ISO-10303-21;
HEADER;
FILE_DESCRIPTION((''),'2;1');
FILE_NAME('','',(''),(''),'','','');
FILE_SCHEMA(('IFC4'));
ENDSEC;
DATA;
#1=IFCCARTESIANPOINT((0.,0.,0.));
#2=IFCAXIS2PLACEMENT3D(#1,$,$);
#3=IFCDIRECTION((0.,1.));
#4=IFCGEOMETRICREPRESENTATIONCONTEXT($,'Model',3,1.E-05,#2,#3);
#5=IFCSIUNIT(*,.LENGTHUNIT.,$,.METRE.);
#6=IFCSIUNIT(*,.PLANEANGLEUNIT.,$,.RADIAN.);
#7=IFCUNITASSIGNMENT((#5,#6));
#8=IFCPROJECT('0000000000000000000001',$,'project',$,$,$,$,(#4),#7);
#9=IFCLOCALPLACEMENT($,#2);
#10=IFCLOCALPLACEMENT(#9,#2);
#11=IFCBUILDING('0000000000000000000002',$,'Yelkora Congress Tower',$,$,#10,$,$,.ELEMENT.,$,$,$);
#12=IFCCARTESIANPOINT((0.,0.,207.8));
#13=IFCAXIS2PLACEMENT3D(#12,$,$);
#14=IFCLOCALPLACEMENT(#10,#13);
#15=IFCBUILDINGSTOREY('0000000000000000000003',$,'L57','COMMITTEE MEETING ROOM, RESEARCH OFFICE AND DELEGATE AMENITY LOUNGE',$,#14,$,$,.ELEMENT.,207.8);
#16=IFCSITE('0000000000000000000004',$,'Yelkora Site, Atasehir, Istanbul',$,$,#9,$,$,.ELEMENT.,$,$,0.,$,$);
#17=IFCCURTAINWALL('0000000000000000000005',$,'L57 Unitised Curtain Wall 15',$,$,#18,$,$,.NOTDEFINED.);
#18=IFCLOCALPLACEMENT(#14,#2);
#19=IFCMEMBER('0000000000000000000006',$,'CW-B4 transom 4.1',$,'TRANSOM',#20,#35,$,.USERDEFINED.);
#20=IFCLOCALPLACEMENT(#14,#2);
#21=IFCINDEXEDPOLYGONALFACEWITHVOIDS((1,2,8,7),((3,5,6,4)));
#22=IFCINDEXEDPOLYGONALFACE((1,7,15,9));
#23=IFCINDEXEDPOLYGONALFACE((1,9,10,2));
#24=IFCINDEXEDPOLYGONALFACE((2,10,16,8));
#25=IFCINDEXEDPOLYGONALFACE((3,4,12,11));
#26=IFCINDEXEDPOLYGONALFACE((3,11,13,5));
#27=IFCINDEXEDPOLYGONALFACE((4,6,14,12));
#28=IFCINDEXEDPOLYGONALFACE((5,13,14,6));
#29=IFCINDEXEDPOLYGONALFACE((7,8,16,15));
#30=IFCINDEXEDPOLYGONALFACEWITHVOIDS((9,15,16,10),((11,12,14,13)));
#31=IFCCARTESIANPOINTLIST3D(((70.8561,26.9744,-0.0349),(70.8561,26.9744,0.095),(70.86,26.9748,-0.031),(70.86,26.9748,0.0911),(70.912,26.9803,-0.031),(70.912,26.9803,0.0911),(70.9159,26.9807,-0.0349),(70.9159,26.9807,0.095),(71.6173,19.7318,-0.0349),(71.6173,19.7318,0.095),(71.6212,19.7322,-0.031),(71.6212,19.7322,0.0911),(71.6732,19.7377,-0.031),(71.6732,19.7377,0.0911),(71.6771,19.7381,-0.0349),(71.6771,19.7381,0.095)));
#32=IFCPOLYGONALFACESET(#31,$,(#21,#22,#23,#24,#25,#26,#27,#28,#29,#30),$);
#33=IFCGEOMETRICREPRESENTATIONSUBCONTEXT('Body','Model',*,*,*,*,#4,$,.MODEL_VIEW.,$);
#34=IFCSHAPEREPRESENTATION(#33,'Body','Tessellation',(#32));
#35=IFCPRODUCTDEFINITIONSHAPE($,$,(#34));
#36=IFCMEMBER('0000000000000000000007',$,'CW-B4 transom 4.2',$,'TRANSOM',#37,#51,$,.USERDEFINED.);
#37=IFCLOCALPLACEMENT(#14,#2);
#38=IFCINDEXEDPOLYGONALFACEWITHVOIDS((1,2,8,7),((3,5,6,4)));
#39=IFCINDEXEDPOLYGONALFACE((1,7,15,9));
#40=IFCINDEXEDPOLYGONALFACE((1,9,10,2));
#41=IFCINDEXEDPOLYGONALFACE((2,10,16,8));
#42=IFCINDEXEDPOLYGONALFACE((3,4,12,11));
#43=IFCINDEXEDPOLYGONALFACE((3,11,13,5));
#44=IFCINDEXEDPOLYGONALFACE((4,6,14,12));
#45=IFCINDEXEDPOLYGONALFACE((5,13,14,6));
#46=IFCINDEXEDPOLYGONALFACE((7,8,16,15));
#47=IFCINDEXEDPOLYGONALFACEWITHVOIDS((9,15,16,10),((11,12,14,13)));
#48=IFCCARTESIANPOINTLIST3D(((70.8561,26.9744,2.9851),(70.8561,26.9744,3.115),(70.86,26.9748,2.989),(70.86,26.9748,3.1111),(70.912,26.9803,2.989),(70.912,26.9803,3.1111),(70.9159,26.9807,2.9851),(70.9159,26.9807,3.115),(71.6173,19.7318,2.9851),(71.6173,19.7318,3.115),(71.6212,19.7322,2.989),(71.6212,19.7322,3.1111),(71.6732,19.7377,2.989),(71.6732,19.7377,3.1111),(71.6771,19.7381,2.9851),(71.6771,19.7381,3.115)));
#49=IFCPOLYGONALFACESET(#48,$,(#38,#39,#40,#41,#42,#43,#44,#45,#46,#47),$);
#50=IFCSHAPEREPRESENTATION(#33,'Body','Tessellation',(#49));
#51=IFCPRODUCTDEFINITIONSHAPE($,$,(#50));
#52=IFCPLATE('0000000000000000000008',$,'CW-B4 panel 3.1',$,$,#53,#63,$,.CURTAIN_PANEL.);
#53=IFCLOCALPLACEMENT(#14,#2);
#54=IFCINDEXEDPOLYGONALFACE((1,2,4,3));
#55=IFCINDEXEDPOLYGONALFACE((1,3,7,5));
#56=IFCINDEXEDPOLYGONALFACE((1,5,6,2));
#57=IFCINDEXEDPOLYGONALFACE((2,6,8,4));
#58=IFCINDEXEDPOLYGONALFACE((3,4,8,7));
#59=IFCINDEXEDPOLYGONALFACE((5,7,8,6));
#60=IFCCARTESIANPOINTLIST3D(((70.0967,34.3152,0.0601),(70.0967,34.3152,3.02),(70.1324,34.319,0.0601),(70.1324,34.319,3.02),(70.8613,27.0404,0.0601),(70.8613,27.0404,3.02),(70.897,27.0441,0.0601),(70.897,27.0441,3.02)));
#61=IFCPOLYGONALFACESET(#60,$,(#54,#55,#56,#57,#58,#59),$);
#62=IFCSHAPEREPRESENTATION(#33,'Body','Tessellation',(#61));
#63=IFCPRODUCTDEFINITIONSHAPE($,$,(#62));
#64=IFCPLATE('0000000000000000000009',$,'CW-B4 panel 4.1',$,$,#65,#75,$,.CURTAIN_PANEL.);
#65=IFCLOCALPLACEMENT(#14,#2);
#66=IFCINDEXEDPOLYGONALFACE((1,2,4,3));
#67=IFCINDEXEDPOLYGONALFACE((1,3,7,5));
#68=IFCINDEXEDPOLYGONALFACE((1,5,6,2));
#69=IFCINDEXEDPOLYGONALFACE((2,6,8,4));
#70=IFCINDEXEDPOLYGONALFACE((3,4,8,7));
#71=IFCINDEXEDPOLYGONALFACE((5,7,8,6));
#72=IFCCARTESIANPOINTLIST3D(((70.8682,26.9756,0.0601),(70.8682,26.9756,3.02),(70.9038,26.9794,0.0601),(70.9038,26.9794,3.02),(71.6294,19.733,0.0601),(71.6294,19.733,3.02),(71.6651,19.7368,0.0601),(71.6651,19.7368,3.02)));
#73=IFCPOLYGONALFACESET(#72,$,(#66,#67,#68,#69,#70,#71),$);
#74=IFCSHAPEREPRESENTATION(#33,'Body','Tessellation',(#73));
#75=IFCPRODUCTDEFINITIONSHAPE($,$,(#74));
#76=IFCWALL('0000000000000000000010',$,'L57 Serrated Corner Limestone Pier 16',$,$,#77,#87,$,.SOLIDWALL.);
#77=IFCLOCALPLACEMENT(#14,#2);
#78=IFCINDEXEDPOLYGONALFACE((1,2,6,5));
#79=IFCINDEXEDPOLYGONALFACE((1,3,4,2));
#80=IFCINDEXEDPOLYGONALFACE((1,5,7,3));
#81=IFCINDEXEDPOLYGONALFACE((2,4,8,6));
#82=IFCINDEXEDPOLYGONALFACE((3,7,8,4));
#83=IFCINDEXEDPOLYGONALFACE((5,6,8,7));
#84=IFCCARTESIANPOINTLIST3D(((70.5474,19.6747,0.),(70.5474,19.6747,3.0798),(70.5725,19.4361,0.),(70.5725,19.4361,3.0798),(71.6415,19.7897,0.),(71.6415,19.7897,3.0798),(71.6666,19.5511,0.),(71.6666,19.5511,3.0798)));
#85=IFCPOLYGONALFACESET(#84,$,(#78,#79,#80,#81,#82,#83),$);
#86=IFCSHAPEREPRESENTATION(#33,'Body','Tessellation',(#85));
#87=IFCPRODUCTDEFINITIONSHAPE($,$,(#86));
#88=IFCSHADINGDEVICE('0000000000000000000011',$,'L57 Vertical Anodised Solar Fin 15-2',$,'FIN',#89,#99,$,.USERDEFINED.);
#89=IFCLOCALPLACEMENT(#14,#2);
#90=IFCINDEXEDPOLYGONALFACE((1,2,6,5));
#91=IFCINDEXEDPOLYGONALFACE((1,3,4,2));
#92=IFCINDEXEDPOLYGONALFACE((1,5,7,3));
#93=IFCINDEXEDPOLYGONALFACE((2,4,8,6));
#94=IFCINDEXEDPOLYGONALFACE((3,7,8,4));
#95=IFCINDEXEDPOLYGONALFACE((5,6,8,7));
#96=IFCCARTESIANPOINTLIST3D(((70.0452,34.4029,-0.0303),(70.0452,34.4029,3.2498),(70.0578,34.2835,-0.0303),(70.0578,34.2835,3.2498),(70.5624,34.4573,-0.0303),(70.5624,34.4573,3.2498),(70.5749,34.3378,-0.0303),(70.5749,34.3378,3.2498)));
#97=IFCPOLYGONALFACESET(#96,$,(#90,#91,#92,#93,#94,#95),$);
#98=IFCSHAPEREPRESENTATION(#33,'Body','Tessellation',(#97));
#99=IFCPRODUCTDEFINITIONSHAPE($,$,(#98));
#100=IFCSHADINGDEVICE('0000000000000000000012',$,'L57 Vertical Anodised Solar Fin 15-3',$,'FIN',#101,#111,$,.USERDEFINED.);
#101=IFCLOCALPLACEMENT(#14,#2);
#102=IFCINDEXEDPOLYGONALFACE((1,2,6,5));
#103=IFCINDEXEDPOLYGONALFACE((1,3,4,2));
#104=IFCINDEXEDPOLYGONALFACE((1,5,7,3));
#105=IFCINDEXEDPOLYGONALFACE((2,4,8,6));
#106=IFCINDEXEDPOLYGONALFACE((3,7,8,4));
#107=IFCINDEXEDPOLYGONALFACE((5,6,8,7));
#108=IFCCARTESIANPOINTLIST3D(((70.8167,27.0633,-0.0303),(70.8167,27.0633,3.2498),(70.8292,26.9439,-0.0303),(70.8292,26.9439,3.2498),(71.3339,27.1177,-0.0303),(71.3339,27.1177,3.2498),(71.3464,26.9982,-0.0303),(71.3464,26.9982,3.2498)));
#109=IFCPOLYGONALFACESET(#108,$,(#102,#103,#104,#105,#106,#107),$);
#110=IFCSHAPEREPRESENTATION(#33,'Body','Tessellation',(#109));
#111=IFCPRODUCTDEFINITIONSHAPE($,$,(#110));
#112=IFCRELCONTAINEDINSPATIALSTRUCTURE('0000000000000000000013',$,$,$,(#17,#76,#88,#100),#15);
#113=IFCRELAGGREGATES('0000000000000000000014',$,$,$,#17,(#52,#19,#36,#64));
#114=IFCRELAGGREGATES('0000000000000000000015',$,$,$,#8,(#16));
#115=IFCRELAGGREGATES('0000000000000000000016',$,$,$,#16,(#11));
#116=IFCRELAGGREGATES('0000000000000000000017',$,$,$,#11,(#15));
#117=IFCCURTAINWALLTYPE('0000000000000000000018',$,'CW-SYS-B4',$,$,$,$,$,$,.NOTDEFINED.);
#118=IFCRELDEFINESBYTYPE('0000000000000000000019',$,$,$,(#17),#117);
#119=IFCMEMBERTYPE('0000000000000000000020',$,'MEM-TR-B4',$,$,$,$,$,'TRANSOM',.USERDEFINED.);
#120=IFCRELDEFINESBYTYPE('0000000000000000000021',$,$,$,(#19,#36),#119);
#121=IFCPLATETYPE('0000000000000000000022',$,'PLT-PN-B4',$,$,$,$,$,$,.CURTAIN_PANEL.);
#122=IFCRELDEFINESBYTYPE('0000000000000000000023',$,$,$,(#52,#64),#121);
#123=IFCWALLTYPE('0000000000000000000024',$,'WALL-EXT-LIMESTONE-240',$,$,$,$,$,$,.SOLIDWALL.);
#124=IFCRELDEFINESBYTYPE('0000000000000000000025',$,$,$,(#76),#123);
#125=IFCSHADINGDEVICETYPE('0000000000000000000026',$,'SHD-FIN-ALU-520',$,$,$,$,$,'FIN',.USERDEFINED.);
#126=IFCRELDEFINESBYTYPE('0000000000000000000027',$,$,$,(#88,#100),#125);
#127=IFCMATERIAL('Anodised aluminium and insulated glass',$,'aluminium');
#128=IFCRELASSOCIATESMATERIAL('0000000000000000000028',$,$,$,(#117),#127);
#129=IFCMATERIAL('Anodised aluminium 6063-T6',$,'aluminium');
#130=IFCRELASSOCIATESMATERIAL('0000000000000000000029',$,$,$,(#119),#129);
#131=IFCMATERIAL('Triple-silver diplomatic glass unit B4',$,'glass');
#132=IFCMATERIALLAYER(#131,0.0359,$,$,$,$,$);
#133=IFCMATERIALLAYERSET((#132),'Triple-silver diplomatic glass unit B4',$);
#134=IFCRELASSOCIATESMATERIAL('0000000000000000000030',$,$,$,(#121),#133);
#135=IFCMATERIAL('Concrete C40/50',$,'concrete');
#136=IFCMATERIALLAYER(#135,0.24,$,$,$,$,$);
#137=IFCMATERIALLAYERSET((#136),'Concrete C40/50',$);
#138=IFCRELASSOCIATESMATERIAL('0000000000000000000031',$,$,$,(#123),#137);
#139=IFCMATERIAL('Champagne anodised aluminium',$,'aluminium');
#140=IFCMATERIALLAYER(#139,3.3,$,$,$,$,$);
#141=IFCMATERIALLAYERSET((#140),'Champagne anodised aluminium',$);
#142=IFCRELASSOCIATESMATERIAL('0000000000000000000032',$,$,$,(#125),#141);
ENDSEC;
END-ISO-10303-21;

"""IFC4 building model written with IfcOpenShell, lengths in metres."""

from ifc_helpers import new_model, si_unit, direction, frame, frame_2d, origin, origin_2d, place, context, subcontext, project, spatial, rectangle, hollow_rectangle, extrude, material, layer, layer_set, material_profile, profile_set, type_object, element, aggregate, save


model = new_model("IFC4")

# Units and contexts
model_context = context("Model", 3, precision=1e-05, world=origin(), true_north=direction((0.0, 1.0)))
body_context = subcontext(model_context, "Body", "Model", "MODEL_VIEW")
ifc_project = project(units=[si_unit("LENGTHUNIT", "METRE"), si_unit("PLANEANGLEUNIT", "RADIAN")], contexts=[model_context])

# Site, building, storey
site_placement = place(None, origin())
site = spatial("IfcSite", under=ifc_project, at=site_placement, Name="Yelkora Site, Atasehir, Istanbul", CompositionType="ELEMENT", RefElevation=0.0)
building_placement = place(site_placement, origin())
building = spatial("IfcBuilding", under=site, at=building_placement, Name="Yelkora Congress Tower", CompositionType="ELEMENT")
storey_placement = place(building_placement, frame((0.0, 0.0, 207.8)))
storey = spatial("IfcBuildingStorey", under=building, at=storey_placement, Name="L57", Description="COMMITTEE MEETING ROOM, RESEARCH OFFICE AND DELEGATE AMENITY LOUNGE", CompositionType="ELEMENT", Elevation=207.8)

# Curtain wall, members, plates
ifc_material_1 = material(Name="Anodised aluminium and insulated glass", Category="aluminium")
curtain_wall_type = type_object("IfcCurtainWallType", Name="CW-SYS-B4", PredefinedType="NOTDEFINED", material=ifc_material_1)
curtain_wall_placement = place(storey_placement, origin())
curtain_wall = element("IfcCurtainWall", 1, at=curtain_wall_placement, inside=storey, type_object=curtain_wall_type, Name="L57 Unitised Curtain Wall 15", PredefinedType="NOTDEFINED")
ifc_material_2 = material(Name="Anodised aluminium 6063-T6", Category="aluminium")
ifc_material_profile_1 = material_profile(ifc_material_2, hollow_rectangle(XDim=0.0601, YDim=0.1299, WallThickness=0.0039, at=origin_2d()), Name="ALU 60x130x4")
ifc_profile_set_1 = profile_set([ifc_material_profile_1], Name="Anodised aluminium 6063-T6")
member_type_1 = type_object("IfcMemberType", Name="MEM-TR-B4", ElementType="TRANSOM", PredefinedType="USERDEFINED", material=ifc_profile_set_1)
member_1_placement = place(storey_placement, frame((70.886, 26.9775, 0.03), z_axis=(0.104528, -0.994522, 0.0), x_axis=(0.994522, 0.104528, 0.0)))
member_1 = element("IfcMember", 2, at=member_1_placement, type_object=member_type_1, Name="CW-B4 transom 4.1", ObjectType="TRANSOM", PredefinedType="USERDEFINED", context=body_context, shape_type="SweptSolid", body=[
    extrude(hollow_rectangle(XDim=0.0601, YDim=0.1299, WallThickness=0.0039, at=origin_2d()), origin(), (0.0, 0.0, 1.0), 7.2825),
])
member_2_placement = place(storey_placement, frame((70.886, 26.9775, 3.05), z_axis=(0.104528, -0.994522, 0.0), x_axis=(0.994522, 0.104528, 0.0)))
member_2 = element("IfcMember", 3, at=member_2_placement, type_object=member_type_1, Name="CW-B4 transom 4.2", ObjectType="TRANSOM", PredefinedType="USERDEFINED", context=body_context, shape_type="SweptSolid", body=[
    extrude(hollow_rectangle(XDim=0.0601, YDim=0.1299, WallThickness=0.0039, at=origin_2d()), origin(), (0.0, 0.0, 1.0), 7.2825),
])
ifc_material_3 = material(Name="Triple-silver diplomatic glass unit B4", Category="glass")
ifc_layer_1 = layer(ifc_material_3, 0.0359)
ifc_layer_set_1 = layer_set([ifc_layer_1], Name="Triple-silver diplomatic glass unit B4")
plate_type = type_object("IfcPlateType", Name="PLT-PN-B4", PredefinedType="CURTAIN_PANEL", material=ifc_layer_set_1)
plate_1_placement = place(storey_placement, frame((70.4968, 30.6797, 0.0601), z_axis=(0.0, 0.0, 1.0), x_axis=(0.104526, -0.994522, 0.0)))
plate_1 = element("IfcPlate", 4, at=plate_1_placement, type_object=plate_type, Name="CW-B4 panel 3.1", PredefinedType="CURTAIN_PANEL", context=body_context, shape_type="SweptSolid", body=[
    extrude(rectangle(XDim=7.3149, YDim=0.0359, at=origin_2d()), origin(), (0.0, 0.0, 1.0), 2.96),
])
plate_2_placement = place(storey_placement, frame((71.2666, 23.3562, 0.0601), z_axis=(0.0, 0.0, 1.0), x_axis=(0.104526, -0.994522, 0.0)))
plate_2 = element("IfcPlate", 5, at=plate_2_placement, type_object=plate_type, Name="CW-B4 panel 4.1", PredefinedType="CURTAIN_PANEL", context=body_context, shape_type="SweptSolid", body=[
    extrude(rectangle(XDim=7.2825, YDim=0.0359, at=origin_2d()), origin(), (0.0, 0.0, 1.0), 2.96),
])
aggregate(curtain_wall, [plate_1, member_1, member_2, plate_2])

# Wall
ifc_material_4 = material(Name="Concrete C40/50", Category="concrete")
ifc_layer_2 = layer(ifc_material_4, 0.24)
ifc_layer_set_2 = layer_set([ifc_layer_2], Name="Concrete C40/50")
wall_type = type_object("IfcWallType", Name="WALL-EXT-LIMESTONE-240", PredefinedType="SOLIDWALL", material=ifc_layer_set_2)
wall_placement = place(storey_placement, frame((71.6541, 19.6704, 0.0), z_axis=(0.0, 0.0, 1.0), x_axis=(-0.994521, -0.104535, 0.0)))
element("IfcWall", 6, at=wall_placement, inside=storey, type_object=wall_type, Name="L57 Serrated Corner Limestone Pier 16", PredefinedType="SOLIDWALL", context=body_context, shape_type="SweptSolid", body=[
    extrude(rectangle(XDim=1.1001, YDim=0.24, at=frame_2d((0.55, 0.0))), origin(), (0.0, 0.0, 1.0), 3.0798),
])

# Shading devices
ifc_material_5 = material(Name="Champagne anodised aluminium", Category="aluminium")
ifc_layer_3 = layer(ifc_material_5, 3.3)
ifc_layer_set_3 = layer_set([ifc_layer_3], Name="Champagne anodised aluminium")
shading_device_type = type_object("IfcShadingDeviceType", Name="SHD-FIN-ALU-520", ElementType="FIN", PredefinedType="USERDEFINED", material=ifc_layer_set_3)
for number, where, z_axis, x_axis, name in (
    (7, (70.3101, 34.3704, -0.0303), (0.0, 0.0, 1.0), (0.104528, -0.994522, 0.0), "L57 Vertical Anodised Solar Fin 15-2"),
    (8, (71.0815, 27.0308, -0.0303), (0.0, 0.0, 1.0), (0.104528, -0.994522, 0.0), "L57 Vertical Anodised Solar Fin 15-3"),
):
    element("IfcShadingDevice", number, at=place(storey_placement, frame(where, z_axis=z_axis, x_axis=x_axis)), inside=storey, type_object=shading_device_type, Name=name, ObjectType="FIN", PredefinedType="USERDEFINED", context=body_context, shape_type="SweptSolid", body=[
        extrude(rectangle(XDim=0.1201, YDim=0.52, at=origin_2d()), origin(), (0.0, 0.0, 1.0), 3.28),
    ])

save(model, "model.ifc")
